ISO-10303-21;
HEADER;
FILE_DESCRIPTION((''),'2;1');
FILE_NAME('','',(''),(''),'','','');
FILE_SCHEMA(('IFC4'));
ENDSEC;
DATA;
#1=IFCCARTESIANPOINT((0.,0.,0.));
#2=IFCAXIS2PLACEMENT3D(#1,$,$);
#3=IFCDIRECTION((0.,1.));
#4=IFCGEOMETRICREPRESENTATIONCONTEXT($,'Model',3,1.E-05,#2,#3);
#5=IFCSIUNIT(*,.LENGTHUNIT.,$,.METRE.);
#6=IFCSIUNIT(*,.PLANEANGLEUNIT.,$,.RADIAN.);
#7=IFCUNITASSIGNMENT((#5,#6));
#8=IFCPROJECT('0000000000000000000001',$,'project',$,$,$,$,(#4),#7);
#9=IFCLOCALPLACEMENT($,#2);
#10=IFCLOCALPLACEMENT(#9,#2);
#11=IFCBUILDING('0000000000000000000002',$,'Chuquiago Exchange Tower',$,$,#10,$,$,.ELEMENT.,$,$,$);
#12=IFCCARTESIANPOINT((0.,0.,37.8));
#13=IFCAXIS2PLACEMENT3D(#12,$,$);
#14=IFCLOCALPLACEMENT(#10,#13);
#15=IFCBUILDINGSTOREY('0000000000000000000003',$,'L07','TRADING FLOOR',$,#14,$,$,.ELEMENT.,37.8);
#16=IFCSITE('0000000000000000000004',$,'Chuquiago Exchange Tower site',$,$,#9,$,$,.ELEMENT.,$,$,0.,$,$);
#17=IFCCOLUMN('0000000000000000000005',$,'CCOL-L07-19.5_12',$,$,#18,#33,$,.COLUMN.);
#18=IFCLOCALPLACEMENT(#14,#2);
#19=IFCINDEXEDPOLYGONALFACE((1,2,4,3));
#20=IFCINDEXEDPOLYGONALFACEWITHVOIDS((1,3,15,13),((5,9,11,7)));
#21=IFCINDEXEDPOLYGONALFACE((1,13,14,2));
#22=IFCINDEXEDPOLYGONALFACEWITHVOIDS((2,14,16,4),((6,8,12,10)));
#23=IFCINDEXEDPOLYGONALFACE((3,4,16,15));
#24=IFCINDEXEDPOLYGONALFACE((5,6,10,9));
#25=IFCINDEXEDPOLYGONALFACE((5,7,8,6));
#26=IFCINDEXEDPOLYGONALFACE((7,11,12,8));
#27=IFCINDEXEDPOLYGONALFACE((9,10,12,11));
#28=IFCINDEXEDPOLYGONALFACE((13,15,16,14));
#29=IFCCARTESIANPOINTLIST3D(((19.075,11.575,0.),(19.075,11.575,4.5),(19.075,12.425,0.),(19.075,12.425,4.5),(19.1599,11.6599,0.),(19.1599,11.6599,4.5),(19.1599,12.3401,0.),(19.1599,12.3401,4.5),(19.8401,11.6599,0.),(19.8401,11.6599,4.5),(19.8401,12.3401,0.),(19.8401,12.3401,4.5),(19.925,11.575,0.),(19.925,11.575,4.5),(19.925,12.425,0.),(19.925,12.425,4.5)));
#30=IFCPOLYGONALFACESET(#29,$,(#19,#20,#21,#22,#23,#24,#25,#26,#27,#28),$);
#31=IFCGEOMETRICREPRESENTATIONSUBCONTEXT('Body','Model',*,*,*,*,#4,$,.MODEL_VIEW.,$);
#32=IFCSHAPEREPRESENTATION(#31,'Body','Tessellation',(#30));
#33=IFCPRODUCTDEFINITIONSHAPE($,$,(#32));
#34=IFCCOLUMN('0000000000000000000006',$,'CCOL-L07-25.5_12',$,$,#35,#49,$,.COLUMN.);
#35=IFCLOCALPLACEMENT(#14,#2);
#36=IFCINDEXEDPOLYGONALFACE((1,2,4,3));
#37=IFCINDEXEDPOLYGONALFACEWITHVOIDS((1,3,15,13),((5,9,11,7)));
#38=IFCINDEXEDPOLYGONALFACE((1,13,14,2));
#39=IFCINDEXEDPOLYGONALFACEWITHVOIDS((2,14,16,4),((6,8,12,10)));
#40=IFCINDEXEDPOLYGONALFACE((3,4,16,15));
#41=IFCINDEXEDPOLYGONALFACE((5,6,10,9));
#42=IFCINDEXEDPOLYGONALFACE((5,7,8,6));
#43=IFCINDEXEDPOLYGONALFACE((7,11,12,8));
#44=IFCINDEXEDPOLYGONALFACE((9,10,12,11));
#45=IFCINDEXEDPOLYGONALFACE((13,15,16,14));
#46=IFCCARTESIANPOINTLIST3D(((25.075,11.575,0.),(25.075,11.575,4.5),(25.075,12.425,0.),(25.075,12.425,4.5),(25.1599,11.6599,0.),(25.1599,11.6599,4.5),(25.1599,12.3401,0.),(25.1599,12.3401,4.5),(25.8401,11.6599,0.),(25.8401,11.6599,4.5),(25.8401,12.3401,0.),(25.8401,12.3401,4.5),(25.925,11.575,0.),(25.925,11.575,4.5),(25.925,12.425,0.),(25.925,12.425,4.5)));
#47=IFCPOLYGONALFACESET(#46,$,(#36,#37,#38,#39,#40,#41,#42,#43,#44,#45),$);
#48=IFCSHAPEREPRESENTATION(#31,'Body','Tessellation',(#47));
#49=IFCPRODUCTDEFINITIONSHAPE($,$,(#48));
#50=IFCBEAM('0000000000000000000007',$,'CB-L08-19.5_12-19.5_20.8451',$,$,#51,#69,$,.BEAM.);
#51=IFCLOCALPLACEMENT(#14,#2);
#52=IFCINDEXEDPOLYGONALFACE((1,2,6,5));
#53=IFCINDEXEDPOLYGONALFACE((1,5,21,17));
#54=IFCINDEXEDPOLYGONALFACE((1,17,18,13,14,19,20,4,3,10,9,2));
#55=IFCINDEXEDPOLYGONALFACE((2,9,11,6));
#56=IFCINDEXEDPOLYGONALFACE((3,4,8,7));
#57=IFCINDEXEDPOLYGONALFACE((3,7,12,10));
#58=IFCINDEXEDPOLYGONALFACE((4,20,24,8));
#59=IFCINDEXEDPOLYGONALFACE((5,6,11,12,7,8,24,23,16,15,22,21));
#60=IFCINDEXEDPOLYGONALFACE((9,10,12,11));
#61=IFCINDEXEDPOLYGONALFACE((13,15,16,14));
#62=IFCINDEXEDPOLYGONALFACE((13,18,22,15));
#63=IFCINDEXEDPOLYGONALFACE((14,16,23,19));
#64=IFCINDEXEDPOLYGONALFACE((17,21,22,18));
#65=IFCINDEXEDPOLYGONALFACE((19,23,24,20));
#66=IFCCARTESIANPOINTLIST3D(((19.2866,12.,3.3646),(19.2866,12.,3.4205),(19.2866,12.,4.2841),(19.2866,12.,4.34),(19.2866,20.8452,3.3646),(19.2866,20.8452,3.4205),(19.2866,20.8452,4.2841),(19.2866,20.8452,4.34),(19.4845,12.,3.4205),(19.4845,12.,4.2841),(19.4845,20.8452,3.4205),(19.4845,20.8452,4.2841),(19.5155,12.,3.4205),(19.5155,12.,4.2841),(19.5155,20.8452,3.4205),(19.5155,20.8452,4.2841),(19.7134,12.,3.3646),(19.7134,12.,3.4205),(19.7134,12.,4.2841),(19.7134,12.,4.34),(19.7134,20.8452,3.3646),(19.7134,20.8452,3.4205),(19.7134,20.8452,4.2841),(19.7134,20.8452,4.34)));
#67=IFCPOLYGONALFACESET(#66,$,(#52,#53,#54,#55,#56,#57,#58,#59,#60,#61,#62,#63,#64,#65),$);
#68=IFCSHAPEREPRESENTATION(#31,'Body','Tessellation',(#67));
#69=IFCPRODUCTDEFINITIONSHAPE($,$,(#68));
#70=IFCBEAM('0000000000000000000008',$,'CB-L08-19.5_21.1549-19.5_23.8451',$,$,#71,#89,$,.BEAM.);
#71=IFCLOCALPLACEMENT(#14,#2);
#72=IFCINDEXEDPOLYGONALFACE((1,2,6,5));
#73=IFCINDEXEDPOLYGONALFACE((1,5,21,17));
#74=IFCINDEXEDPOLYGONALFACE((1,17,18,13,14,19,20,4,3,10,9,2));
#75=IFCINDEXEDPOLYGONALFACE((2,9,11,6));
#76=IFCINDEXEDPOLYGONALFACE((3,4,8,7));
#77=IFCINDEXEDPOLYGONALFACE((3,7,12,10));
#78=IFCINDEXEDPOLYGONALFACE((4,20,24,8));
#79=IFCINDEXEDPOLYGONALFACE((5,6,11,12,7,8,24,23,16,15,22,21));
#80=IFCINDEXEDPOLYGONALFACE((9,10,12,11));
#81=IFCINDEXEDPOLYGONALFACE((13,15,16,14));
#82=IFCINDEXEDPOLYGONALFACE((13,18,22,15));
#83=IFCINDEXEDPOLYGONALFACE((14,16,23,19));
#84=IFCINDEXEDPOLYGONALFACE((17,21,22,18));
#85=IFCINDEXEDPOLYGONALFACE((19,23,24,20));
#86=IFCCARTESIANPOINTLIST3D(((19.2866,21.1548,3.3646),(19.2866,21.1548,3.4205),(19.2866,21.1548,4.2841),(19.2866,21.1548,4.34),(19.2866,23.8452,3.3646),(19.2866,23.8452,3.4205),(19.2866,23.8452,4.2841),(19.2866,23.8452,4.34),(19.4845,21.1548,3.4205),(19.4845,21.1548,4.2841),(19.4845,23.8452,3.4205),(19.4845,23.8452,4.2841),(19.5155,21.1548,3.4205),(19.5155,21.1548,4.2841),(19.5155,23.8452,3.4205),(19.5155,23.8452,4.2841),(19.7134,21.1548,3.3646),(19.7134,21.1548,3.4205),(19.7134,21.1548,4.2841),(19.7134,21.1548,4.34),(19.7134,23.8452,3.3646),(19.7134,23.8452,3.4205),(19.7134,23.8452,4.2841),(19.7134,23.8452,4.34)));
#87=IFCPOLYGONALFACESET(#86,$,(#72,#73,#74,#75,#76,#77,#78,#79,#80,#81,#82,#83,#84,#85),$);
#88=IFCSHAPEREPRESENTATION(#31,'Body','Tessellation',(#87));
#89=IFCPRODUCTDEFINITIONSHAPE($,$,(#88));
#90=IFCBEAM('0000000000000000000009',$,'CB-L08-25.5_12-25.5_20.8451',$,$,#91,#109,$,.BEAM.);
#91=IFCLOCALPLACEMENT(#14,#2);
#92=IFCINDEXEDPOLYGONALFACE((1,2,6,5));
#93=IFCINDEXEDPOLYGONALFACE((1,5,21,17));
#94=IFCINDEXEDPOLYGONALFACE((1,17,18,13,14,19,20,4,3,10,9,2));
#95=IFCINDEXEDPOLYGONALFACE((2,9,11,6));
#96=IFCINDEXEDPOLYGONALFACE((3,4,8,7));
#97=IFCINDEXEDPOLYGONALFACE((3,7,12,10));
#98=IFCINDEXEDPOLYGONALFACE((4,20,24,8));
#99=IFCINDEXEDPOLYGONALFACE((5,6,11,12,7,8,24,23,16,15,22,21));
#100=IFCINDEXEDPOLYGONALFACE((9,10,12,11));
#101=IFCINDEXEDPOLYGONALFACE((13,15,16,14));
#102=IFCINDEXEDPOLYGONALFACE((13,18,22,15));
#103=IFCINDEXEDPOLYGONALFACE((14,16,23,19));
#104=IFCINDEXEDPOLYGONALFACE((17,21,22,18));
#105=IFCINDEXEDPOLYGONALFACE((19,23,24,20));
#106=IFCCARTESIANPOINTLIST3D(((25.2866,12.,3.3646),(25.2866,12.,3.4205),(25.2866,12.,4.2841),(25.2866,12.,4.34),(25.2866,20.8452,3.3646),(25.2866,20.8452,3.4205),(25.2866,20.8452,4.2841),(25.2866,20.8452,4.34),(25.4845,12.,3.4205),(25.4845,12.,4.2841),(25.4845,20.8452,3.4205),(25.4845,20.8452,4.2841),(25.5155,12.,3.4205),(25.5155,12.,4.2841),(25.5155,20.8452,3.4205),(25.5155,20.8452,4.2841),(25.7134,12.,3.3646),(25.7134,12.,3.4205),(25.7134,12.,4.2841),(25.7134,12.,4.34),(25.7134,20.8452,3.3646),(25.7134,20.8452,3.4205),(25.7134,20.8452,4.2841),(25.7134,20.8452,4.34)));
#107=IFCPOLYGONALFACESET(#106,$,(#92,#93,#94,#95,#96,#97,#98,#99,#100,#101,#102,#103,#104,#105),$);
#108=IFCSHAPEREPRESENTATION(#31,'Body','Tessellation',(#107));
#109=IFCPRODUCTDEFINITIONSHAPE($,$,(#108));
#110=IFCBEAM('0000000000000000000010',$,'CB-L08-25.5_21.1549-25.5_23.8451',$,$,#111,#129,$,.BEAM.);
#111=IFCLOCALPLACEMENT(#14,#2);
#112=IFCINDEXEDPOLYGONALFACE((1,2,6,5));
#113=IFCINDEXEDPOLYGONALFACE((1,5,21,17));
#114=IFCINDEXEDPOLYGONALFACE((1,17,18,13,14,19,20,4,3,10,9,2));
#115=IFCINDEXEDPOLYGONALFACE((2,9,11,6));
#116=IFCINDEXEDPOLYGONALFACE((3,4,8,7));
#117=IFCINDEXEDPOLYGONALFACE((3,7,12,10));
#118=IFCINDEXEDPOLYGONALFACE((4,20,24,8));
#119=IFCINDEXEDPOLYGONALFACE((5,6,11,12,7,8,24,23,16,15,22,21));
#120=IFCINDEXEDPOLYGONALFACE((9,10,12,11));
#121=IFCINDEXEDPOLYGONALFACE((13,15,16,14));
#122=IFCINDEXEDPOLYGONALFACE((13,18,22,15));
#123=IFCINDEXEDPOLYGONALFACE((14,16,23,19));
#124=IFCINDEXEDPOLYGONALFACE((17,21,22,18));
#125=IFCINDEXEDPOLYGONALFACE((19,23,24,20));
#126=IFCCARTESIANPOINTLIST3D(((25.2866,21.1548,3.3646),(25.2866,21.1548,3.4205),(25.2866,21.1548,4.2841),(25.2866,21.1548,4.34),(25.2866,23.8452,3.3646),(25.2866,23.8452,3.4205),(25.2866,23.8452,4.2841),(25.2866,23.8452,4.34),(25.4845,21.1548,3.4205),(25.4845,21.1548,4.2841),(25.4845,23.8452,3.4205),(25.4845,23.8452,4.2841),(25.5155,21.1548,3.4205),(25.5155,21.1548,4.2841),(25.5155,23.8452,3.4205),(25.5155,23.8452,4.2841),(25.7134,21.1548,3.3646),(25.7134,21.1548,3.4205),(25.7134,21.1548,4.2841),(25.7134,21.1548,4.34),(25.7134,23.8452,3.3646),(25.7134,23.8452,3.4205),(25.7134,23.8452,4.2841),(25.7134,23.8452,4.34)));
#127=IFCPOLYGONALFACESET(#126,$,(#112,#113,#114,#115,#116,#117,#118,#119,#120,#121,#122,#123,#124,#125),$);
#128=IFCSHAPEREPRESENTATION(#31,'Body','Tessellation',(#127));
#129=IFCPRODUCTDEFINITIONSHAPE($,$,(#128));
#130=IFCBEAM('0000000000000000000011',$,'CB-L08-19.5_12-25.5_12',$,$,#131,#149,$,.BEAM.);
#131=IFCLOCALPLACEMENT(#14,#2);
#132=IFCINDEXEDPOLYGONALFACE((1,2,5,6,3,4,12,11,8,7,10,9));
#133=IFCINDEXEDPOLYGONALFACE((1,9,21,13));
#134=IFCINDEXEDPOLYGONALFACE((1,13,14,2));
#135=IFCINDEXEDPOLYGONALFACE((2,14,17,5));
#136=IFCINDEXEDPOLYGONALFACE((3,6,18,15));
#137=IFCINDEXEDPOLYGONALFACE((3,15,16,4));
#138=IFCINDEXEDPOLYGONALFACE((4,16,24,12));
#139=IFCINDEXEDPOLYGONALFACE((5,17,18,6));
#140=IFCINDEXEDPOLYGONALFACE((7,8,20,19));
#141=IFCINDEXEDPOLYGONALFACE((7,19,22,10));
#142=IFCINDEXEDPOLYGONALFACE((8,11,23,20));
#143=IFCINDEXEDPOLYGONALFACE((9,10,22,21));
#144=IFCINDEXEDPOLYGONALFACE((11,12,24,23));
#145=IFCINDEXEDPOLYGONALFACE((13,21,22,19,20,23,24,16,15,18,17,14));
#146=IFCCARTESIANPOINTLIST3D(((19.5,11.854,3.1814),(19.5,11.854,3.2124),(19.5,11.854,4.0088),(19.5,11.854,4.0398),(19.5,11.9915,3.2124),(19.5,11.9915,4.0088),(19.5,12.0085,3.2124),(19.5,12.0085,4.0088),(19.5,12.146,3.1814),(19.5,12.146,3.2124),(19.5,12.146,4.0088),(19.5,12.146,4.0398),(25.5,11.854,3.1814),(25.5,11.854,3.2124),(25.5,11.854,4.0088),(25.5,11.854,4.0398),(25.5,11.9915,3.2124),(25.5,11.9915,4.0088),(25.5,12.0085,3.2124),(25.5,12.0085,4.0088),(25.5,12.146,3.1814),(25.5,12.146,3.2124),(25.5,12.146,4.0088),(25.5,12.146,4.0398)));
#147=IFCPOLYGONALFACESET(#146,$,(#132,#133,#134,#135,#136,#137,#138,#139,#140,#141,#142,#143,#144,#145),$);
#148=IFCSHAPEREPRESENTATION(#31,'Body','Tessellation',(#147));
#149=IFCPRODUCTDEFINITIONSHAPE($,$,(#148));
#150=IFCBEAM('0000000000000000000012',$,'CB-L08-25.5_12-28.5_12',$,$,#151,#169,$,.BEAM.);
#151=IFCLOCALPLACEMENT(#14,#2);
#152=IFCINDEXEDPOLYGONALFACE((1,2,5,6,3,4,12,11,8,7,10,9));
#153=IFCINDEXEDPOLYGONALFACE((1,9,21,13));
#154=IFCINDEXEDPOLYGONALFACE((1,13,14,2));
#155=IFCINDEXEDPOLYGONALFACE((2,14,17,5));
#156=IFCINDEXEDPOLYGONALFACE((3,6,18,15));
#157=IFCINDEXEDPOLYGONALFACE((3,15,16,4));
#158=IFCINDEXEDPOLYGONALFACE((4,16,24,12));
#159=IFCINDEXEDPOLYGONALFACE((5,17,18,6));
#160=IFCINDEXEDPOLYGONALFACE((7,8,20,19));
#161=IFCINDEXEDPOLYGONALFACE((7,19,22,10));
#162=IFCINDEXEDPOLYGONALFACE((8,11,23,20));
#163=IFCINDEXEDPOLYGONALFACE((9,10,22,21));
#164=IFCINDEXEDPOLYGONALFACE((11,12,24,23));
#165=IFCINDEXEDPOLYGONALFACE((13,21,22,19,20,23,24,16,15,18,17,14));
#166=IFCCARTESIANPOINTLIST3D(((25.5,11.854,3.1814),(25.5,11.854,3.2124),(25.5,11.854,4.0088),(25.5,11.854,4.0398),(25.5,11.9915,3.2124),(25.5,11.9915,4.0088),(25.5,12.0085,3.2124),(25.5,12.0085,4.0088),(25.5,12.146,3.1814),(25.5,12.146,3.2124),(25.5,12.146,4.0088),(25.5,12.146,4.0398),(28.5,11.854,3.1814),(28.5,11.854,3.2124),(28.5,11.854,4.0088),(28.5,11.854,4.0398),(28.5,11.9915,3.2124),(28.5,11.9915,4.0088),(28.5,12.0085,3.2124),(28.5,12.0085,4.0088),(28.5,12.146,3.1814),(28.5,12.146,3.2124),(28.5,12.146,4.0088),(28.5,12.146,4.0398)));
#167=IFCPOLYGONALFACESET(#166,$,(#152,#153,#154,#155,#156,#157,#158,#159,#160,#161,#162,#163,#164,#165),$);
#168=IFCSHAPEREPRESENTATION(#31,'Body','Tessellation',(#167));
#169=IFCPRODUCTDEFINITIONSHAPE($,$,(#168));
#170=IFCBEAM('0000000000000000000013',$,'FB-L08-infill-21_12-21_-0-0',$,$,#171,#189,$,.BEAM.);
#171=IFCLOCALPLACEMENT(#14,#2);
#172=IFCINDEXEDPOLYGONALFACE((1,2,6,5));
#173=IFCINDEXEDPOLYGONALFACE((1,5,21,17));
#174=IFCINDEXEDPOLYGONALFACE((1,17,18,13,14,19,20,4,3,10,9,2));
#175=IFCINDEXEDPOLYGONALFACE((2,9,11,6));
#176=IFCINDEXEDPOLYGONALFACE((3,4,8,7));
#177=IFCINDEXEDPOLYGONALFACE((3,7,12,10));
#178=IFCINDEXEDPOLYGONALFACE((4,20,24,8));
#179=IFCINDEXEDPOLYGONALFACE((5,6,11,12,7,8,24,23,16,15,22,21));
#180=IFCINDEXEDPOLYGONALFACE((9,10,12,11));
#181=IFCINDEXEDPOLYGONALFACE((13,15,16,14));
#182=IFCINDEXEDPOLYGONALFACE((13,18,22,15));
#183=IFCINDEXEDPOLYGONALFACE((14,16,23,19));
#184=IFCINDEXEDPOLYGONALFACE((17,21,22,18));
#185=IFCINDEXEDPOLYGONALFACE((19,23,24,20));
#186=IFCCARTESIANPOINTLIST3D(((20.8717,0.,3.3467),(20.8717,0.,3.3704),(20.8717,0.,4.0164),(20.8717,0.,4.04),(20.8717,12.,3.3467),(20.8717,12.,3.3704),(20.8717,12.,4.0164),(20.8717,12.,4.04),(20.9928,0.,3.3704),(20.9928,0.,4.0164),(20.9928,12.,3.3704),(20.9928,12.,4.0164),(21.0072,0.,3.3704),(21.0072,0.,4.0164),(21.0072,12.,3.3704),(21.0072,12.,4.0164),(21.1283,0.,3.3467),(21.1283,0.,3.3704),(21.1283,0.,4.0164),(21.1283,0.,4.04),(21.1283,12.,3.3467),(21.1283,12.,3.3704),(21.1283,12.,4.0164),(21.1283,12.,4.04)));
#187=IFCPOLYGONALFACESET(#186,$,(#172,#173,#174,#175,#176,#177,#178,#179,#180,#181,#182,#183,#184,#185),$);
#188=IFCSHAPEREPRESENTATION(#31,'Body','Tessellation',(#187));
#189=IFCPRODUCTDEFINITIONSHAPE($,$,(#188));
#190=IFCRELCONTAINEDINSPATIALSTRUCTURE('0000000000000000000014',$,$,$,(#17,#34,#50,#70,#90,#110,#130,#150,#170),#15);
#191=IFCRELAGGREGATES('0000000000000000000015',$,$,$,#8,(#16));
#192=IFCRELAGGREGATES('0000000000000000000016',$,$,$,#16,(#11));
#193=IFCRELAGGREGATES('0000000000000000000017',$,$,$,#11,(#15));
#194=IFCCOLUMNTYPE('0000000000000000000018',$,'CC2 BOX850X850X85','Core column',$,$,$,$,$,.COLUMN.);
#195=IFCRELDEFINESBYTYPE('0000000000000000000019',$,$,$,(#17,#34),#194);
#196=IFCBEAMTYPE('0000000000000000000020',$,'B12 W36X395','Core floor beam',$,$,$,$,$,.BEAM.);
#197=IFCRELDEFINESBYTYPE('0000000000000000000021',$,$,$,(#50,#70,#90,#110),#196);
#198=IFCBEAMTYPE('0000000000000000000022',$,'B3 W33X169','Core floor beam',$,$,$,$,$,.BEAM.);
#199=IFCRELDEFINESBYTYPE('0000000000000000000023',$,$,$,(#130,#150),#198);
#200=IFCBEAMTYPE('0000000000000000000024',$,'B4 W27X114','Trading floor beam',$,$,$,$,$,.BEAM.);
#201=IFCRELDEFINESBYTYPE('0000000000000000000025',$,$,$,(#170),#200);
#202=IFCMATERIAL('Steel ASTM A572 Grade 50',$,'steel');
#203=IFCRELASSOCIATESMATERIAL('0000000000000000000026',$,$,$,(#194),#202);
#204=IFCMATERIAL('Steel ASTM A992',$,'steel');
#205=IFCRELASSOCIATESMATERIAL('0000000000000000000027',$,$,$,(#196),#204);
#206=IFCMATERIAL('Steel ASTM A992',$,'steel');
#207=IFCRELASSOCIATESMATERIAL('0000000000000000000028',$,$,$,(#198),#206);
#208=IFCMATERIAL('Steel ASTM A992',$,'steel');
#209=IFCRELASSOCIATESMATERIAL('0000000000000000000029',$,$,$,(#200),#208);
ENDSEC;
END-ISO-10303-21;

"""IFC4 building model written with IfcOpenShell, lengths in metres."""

from ifc_helpers import new_model, si_unit, direction, frame, origin, origin_2d, place, context, subcontext, project, spatial, hollow_rectangle, i_section, extrude, material, material_profile, profile_set, type_object, element, save


model = new_model("IFC4")

# Units and contexts
model_context = context("Model", 3, precision=1e-05, world=origin(), true_north=direction((0.0, 1.0)))
body_context = subcontext(model_context, "Body", "Model", "MODEL_VIEW")
ifc_project = project(units=[si_unit("LENGTHUNIT", "METRE"), si_unit("PLANEANGLEUNIT", "RADIAN")], contexts=[model_context])

# Site, building, storey
site_placement = place(None, origin())
site = spatial("IfcSite", under=ifc_project, at=site_placement, Name="Chuquiago Exchange Tower site", CompositionType="ELEMENT", RefElevation=0.0)
building_placement = place(site_placement, origin())
building = spatial("IfcBuilding", under=site, at=building_placement, Name="Chuquiago Exchange Tower", CompositionType="ELEMENT")
storey_placement = place(building_placement, frame((0.0, 0.0, 37.8)))
storey = spatial("IfcBuildingStorey", under=building, at=storey_placement, Name="L07", Description="TRADING FLOOR", CompositionType="ELEMENT", Elevation=37.8)

# Columns
ifc_material_1 = material(Name="Steel ASTM A572 Grade 50", Category="steel")
ifc_material_profile_1 = material_profile(ifc_material_1, hollow_rectangle(XDim=0.8501, YDim=0.8501, WallThickness=0.085, at=origin_2d()), Name="BOX850X850X85")
ifc_profile_set_1 = profile_set([ifc_material_profile_1], Name="Steel ASTM A572 Grade 50")
column_type = type_object("IfcColumnType", Name="CC2 BOX850X850X85", Description="Core column", PredefinedType="COLUMN", material=ifc_profile_set_1)
for number, where, z_axis, x_axis, name in (
    (1, (19.5, 12.0, 0.0), (0.0, 0.0, 1.0), (1.0, 0.0, 0.0), "CCOL-L07-19.5_12"),
    (2, (25.5, 12.0, 0.0), (0.0, 0.0, 1.0), (1.0, 0.0, 0.0), "CCOL-L07-25.5_12"),
):
    element("IfcColumn", number, at=place(storey_placement, frame(where, z_axis=z_axis, x_axis=x_axis)), inside=storey, type_object=column_type, Name=name, PredefinedType="COLUMN", context=body_context, shape_type="SweptSolid", body=[
        extrude(hollow_rectangle(XDim=0.8501, YDim=0.8501, WallThickness=0.085, at=origin_2d()), origin(), (0.0, 0.0, 1.0), 4.5),
    ])

# Beams
ifc_material_2 = material(Name="Steel ASTM A992", Category="steel")
ifc_material_profile_2 = material_profile(ifc_material_2, i_section(OverallWidth=0.4268, OverallDepth=0.9753, WebThickness=0.031, FlangeThickness=0.0559, at=origin_2d()), Name="W36X395")
ifc_profile_set_2 = profile_set([ifc_material_profile_2], Name="Steel ASTM A992")
beam_type_1 = type_object("IfcBeamType", Name="B12 W36X395", Description="Core floor beam", PredefinedType="BEAM", material=ifc_profile_set_2)
beam_1_placement = place(storey_placement, frame((19.5, 12.0, 3.8523), z_axis=(0.0, 1.0, 0.0), x_axis=(-1.0, 0.0, 0.0)))
element("IfcBeam", 3, at=beam_1_placement, inside=storey, type_object=beam_type_1, Name="CB-L08-19.5_12-19.5_20.8451", PredefinedType="BEAM", context=body_context, shape_type="SweptSolid", body=[
    extrude(i_section(OverallWidth=0.4268, OverallDepth=0.9753, WebThickness=0.031, FlangeThickness=0.0559, at=origin_2d()), origin(), (0.0, 0.0, 1.0), 8.8452),
])
beam_2_placement = place(storey_placement, frame((19.5, 21.1548, 3.8523), z_axis=(0.0, 1.0, 0.0), x_axis=(-1.0, 0.0, 0.0)))
element("IfcBeam", 4, at=beam_2_placement, inside=storey, type_object=beam_type_1, Name="CB-L08-19.5_21.1549-19.5_23.8451", PredefinedType="BEAM", context=body_context, shape_type="SweptSolid", body=[
    extrude(i_section(OverallWidth=0.4268, OverallDepth=0.9753, WebThickness=0.031, FlangeThickness=0.0559, at=origin_2d()), origin(), (0.0, 0.0, 1.0), 2.6904),
])
beam_3_placement = place(storey_placement, frame((25.5, 12.0, 3.8523), z_axis=(0.0, 1.0, 0.0), x_axis=(-1.0, 0.0, 0.0)))
element("IfcBeam", 5, at=beam_3_placement, inside=storey, type_object=beam_type_1, Name="CB-L08-25.5_12-25.5_20.8451", PredefinedType="BEAM", context=body_context, shape_type="SweptSolid", body=[
    extrude(i_section(OverallWidth=0.4268, OverallDepth=0.9753, WebThickness=0.031, FlangeThickness=0.0559, at=origin_2d()), origin(), (0.0, 0.0, 1.0), 8.8452),
])
beam_4_placement = place(storey_placement, frame((25.5, 21.1548, 3.8523), z_axis=(0.0, 1.0, 0.0), x_axis=(-1.0, 0.0, 0.0)))
element("IfcBeam", 6, at=beam_4_placement, inside=storey, type_object=beam_type_1, Name="CB-L08-25.5_21.1549-25.5_23.8451", PredefinedType="BEAM", context=body_context, shape_type="SweptSolid", body=[
    extrude(i_section(OverallWidth=0.4268, OverallDepth=0.9753, WebThickness=0.031, FlangeThickness=0.0559, at=origin_2d()), origin(), (0.0, 0.0, 1.0), 2.6904),
])
ifc_material_3 = material(Name="Steel ASTM A992", Category="steel")
ifc_material_profile_3 = material_profile(ifc_material_3, i_section(OverallWidth=0.292, OverallDepth=0.8584, WebThickness=0.0171, FlangeThickness=0.031, at=origin_2d()), Name="W33X169")
ifc_profile_set_3 = profile_set([ifc_material_profile_3], Name="Steel ASTM A992")
beam_type_2 = type_object("IfcBeamType", Name="B3 W33X169", Description="Core floor beam", PredefinedType="BEAM", material=ifc_profile_set_3)
beam_5_placement = place(storey_placement, frame((19.5, 12.0, 3.6106), z_axis=(1.0, 0.0, 0.0), x_axis=(0.0, 1.0, 0.0)))
element("IfcBeam", 7, at=beam_5_placement, inside=storey, type_object=beam_type_2, Name="CB-L08-19.5_12-25.5_12", PredefinedType="BEAM", context=body_context, shape_type="SweptSolid", body=[
    extrude(i_section(OverallWidth=0.292, OverallDepth=0.8584, WebThickness=0.0171, FlangeThickness=0.031, at=origin_2d()), origin(), (0.0, 0.0, 1.0), 6.0),
])
beam_6_placement = place(storey_placement, frame((25.5, 12.0, 3.6106), z_axis=(1.0, 0.0, 0.0), x_axis=(0.0, 1.0, 0.0)))
element("IfcBeam", 8, at=beam_6_placement, inside=storey, type_object=beam_type_2, Name="CB-L08-25.5_12-28.5_12", PredefinedType="BEAM", context=body_context, shape_type="SweptSolid", body=[
    extrude(i_section(OverallWidth=0.292, OverallDepth=0.8584, WebThickness=0.0171, FlangeThickness=0.031, at=origin_2d()), origin(), (0.0, 0.0, 1.0), 3.0),
])
ifc_material_4 = material(Name="Steel ASTM A992", Category="steel")
ifc_material_profile_4 = material_profile(ifc_material_4, i_section(OverallWidth=0.2566, OverallDepth=0.6934, WebThickness=0.0144, FlangeThickness=0.0237, at=origin_2d()), Name="W27X114")
ifc_profile_set_4 = profile_set([ifc_material_profile_4], Name="Steel ASTM A992")
beam_type_3 = type_object("IfcBeamType", Name="B4 W27X114", Description="Trading floor beam", PredefinedType="BEAM", material=ifc_profile_set_4)
for number, where, z_axis, x_axis, name in (
    (9, (21.0, 12.0, 3.6934), (0.0, -1.0, 0.0), (1.0, 0.0, 0.0), "FB-L08-infill-21_12-21_-0-0"),
):
    element("IfcBeam", number, at=place(storey_placement, frame(where, z_axis=z_axis, x_axis=x_axis)), inside=storey, type_object=beam_type_3, Name=name, PredefinedType="BEAM", context=body_context, shape_type="SweptSolid", body=[
        extrude(i_section(OverallWidth=0.2566, OverallDepth=0.6934, WebThickness=0.0144, FlangeThickness=0.0237, at=origin_2d()), origin(), (0.0, 0.0, 1.0), 12.0),
    ])

save(model, "model.ifc")
